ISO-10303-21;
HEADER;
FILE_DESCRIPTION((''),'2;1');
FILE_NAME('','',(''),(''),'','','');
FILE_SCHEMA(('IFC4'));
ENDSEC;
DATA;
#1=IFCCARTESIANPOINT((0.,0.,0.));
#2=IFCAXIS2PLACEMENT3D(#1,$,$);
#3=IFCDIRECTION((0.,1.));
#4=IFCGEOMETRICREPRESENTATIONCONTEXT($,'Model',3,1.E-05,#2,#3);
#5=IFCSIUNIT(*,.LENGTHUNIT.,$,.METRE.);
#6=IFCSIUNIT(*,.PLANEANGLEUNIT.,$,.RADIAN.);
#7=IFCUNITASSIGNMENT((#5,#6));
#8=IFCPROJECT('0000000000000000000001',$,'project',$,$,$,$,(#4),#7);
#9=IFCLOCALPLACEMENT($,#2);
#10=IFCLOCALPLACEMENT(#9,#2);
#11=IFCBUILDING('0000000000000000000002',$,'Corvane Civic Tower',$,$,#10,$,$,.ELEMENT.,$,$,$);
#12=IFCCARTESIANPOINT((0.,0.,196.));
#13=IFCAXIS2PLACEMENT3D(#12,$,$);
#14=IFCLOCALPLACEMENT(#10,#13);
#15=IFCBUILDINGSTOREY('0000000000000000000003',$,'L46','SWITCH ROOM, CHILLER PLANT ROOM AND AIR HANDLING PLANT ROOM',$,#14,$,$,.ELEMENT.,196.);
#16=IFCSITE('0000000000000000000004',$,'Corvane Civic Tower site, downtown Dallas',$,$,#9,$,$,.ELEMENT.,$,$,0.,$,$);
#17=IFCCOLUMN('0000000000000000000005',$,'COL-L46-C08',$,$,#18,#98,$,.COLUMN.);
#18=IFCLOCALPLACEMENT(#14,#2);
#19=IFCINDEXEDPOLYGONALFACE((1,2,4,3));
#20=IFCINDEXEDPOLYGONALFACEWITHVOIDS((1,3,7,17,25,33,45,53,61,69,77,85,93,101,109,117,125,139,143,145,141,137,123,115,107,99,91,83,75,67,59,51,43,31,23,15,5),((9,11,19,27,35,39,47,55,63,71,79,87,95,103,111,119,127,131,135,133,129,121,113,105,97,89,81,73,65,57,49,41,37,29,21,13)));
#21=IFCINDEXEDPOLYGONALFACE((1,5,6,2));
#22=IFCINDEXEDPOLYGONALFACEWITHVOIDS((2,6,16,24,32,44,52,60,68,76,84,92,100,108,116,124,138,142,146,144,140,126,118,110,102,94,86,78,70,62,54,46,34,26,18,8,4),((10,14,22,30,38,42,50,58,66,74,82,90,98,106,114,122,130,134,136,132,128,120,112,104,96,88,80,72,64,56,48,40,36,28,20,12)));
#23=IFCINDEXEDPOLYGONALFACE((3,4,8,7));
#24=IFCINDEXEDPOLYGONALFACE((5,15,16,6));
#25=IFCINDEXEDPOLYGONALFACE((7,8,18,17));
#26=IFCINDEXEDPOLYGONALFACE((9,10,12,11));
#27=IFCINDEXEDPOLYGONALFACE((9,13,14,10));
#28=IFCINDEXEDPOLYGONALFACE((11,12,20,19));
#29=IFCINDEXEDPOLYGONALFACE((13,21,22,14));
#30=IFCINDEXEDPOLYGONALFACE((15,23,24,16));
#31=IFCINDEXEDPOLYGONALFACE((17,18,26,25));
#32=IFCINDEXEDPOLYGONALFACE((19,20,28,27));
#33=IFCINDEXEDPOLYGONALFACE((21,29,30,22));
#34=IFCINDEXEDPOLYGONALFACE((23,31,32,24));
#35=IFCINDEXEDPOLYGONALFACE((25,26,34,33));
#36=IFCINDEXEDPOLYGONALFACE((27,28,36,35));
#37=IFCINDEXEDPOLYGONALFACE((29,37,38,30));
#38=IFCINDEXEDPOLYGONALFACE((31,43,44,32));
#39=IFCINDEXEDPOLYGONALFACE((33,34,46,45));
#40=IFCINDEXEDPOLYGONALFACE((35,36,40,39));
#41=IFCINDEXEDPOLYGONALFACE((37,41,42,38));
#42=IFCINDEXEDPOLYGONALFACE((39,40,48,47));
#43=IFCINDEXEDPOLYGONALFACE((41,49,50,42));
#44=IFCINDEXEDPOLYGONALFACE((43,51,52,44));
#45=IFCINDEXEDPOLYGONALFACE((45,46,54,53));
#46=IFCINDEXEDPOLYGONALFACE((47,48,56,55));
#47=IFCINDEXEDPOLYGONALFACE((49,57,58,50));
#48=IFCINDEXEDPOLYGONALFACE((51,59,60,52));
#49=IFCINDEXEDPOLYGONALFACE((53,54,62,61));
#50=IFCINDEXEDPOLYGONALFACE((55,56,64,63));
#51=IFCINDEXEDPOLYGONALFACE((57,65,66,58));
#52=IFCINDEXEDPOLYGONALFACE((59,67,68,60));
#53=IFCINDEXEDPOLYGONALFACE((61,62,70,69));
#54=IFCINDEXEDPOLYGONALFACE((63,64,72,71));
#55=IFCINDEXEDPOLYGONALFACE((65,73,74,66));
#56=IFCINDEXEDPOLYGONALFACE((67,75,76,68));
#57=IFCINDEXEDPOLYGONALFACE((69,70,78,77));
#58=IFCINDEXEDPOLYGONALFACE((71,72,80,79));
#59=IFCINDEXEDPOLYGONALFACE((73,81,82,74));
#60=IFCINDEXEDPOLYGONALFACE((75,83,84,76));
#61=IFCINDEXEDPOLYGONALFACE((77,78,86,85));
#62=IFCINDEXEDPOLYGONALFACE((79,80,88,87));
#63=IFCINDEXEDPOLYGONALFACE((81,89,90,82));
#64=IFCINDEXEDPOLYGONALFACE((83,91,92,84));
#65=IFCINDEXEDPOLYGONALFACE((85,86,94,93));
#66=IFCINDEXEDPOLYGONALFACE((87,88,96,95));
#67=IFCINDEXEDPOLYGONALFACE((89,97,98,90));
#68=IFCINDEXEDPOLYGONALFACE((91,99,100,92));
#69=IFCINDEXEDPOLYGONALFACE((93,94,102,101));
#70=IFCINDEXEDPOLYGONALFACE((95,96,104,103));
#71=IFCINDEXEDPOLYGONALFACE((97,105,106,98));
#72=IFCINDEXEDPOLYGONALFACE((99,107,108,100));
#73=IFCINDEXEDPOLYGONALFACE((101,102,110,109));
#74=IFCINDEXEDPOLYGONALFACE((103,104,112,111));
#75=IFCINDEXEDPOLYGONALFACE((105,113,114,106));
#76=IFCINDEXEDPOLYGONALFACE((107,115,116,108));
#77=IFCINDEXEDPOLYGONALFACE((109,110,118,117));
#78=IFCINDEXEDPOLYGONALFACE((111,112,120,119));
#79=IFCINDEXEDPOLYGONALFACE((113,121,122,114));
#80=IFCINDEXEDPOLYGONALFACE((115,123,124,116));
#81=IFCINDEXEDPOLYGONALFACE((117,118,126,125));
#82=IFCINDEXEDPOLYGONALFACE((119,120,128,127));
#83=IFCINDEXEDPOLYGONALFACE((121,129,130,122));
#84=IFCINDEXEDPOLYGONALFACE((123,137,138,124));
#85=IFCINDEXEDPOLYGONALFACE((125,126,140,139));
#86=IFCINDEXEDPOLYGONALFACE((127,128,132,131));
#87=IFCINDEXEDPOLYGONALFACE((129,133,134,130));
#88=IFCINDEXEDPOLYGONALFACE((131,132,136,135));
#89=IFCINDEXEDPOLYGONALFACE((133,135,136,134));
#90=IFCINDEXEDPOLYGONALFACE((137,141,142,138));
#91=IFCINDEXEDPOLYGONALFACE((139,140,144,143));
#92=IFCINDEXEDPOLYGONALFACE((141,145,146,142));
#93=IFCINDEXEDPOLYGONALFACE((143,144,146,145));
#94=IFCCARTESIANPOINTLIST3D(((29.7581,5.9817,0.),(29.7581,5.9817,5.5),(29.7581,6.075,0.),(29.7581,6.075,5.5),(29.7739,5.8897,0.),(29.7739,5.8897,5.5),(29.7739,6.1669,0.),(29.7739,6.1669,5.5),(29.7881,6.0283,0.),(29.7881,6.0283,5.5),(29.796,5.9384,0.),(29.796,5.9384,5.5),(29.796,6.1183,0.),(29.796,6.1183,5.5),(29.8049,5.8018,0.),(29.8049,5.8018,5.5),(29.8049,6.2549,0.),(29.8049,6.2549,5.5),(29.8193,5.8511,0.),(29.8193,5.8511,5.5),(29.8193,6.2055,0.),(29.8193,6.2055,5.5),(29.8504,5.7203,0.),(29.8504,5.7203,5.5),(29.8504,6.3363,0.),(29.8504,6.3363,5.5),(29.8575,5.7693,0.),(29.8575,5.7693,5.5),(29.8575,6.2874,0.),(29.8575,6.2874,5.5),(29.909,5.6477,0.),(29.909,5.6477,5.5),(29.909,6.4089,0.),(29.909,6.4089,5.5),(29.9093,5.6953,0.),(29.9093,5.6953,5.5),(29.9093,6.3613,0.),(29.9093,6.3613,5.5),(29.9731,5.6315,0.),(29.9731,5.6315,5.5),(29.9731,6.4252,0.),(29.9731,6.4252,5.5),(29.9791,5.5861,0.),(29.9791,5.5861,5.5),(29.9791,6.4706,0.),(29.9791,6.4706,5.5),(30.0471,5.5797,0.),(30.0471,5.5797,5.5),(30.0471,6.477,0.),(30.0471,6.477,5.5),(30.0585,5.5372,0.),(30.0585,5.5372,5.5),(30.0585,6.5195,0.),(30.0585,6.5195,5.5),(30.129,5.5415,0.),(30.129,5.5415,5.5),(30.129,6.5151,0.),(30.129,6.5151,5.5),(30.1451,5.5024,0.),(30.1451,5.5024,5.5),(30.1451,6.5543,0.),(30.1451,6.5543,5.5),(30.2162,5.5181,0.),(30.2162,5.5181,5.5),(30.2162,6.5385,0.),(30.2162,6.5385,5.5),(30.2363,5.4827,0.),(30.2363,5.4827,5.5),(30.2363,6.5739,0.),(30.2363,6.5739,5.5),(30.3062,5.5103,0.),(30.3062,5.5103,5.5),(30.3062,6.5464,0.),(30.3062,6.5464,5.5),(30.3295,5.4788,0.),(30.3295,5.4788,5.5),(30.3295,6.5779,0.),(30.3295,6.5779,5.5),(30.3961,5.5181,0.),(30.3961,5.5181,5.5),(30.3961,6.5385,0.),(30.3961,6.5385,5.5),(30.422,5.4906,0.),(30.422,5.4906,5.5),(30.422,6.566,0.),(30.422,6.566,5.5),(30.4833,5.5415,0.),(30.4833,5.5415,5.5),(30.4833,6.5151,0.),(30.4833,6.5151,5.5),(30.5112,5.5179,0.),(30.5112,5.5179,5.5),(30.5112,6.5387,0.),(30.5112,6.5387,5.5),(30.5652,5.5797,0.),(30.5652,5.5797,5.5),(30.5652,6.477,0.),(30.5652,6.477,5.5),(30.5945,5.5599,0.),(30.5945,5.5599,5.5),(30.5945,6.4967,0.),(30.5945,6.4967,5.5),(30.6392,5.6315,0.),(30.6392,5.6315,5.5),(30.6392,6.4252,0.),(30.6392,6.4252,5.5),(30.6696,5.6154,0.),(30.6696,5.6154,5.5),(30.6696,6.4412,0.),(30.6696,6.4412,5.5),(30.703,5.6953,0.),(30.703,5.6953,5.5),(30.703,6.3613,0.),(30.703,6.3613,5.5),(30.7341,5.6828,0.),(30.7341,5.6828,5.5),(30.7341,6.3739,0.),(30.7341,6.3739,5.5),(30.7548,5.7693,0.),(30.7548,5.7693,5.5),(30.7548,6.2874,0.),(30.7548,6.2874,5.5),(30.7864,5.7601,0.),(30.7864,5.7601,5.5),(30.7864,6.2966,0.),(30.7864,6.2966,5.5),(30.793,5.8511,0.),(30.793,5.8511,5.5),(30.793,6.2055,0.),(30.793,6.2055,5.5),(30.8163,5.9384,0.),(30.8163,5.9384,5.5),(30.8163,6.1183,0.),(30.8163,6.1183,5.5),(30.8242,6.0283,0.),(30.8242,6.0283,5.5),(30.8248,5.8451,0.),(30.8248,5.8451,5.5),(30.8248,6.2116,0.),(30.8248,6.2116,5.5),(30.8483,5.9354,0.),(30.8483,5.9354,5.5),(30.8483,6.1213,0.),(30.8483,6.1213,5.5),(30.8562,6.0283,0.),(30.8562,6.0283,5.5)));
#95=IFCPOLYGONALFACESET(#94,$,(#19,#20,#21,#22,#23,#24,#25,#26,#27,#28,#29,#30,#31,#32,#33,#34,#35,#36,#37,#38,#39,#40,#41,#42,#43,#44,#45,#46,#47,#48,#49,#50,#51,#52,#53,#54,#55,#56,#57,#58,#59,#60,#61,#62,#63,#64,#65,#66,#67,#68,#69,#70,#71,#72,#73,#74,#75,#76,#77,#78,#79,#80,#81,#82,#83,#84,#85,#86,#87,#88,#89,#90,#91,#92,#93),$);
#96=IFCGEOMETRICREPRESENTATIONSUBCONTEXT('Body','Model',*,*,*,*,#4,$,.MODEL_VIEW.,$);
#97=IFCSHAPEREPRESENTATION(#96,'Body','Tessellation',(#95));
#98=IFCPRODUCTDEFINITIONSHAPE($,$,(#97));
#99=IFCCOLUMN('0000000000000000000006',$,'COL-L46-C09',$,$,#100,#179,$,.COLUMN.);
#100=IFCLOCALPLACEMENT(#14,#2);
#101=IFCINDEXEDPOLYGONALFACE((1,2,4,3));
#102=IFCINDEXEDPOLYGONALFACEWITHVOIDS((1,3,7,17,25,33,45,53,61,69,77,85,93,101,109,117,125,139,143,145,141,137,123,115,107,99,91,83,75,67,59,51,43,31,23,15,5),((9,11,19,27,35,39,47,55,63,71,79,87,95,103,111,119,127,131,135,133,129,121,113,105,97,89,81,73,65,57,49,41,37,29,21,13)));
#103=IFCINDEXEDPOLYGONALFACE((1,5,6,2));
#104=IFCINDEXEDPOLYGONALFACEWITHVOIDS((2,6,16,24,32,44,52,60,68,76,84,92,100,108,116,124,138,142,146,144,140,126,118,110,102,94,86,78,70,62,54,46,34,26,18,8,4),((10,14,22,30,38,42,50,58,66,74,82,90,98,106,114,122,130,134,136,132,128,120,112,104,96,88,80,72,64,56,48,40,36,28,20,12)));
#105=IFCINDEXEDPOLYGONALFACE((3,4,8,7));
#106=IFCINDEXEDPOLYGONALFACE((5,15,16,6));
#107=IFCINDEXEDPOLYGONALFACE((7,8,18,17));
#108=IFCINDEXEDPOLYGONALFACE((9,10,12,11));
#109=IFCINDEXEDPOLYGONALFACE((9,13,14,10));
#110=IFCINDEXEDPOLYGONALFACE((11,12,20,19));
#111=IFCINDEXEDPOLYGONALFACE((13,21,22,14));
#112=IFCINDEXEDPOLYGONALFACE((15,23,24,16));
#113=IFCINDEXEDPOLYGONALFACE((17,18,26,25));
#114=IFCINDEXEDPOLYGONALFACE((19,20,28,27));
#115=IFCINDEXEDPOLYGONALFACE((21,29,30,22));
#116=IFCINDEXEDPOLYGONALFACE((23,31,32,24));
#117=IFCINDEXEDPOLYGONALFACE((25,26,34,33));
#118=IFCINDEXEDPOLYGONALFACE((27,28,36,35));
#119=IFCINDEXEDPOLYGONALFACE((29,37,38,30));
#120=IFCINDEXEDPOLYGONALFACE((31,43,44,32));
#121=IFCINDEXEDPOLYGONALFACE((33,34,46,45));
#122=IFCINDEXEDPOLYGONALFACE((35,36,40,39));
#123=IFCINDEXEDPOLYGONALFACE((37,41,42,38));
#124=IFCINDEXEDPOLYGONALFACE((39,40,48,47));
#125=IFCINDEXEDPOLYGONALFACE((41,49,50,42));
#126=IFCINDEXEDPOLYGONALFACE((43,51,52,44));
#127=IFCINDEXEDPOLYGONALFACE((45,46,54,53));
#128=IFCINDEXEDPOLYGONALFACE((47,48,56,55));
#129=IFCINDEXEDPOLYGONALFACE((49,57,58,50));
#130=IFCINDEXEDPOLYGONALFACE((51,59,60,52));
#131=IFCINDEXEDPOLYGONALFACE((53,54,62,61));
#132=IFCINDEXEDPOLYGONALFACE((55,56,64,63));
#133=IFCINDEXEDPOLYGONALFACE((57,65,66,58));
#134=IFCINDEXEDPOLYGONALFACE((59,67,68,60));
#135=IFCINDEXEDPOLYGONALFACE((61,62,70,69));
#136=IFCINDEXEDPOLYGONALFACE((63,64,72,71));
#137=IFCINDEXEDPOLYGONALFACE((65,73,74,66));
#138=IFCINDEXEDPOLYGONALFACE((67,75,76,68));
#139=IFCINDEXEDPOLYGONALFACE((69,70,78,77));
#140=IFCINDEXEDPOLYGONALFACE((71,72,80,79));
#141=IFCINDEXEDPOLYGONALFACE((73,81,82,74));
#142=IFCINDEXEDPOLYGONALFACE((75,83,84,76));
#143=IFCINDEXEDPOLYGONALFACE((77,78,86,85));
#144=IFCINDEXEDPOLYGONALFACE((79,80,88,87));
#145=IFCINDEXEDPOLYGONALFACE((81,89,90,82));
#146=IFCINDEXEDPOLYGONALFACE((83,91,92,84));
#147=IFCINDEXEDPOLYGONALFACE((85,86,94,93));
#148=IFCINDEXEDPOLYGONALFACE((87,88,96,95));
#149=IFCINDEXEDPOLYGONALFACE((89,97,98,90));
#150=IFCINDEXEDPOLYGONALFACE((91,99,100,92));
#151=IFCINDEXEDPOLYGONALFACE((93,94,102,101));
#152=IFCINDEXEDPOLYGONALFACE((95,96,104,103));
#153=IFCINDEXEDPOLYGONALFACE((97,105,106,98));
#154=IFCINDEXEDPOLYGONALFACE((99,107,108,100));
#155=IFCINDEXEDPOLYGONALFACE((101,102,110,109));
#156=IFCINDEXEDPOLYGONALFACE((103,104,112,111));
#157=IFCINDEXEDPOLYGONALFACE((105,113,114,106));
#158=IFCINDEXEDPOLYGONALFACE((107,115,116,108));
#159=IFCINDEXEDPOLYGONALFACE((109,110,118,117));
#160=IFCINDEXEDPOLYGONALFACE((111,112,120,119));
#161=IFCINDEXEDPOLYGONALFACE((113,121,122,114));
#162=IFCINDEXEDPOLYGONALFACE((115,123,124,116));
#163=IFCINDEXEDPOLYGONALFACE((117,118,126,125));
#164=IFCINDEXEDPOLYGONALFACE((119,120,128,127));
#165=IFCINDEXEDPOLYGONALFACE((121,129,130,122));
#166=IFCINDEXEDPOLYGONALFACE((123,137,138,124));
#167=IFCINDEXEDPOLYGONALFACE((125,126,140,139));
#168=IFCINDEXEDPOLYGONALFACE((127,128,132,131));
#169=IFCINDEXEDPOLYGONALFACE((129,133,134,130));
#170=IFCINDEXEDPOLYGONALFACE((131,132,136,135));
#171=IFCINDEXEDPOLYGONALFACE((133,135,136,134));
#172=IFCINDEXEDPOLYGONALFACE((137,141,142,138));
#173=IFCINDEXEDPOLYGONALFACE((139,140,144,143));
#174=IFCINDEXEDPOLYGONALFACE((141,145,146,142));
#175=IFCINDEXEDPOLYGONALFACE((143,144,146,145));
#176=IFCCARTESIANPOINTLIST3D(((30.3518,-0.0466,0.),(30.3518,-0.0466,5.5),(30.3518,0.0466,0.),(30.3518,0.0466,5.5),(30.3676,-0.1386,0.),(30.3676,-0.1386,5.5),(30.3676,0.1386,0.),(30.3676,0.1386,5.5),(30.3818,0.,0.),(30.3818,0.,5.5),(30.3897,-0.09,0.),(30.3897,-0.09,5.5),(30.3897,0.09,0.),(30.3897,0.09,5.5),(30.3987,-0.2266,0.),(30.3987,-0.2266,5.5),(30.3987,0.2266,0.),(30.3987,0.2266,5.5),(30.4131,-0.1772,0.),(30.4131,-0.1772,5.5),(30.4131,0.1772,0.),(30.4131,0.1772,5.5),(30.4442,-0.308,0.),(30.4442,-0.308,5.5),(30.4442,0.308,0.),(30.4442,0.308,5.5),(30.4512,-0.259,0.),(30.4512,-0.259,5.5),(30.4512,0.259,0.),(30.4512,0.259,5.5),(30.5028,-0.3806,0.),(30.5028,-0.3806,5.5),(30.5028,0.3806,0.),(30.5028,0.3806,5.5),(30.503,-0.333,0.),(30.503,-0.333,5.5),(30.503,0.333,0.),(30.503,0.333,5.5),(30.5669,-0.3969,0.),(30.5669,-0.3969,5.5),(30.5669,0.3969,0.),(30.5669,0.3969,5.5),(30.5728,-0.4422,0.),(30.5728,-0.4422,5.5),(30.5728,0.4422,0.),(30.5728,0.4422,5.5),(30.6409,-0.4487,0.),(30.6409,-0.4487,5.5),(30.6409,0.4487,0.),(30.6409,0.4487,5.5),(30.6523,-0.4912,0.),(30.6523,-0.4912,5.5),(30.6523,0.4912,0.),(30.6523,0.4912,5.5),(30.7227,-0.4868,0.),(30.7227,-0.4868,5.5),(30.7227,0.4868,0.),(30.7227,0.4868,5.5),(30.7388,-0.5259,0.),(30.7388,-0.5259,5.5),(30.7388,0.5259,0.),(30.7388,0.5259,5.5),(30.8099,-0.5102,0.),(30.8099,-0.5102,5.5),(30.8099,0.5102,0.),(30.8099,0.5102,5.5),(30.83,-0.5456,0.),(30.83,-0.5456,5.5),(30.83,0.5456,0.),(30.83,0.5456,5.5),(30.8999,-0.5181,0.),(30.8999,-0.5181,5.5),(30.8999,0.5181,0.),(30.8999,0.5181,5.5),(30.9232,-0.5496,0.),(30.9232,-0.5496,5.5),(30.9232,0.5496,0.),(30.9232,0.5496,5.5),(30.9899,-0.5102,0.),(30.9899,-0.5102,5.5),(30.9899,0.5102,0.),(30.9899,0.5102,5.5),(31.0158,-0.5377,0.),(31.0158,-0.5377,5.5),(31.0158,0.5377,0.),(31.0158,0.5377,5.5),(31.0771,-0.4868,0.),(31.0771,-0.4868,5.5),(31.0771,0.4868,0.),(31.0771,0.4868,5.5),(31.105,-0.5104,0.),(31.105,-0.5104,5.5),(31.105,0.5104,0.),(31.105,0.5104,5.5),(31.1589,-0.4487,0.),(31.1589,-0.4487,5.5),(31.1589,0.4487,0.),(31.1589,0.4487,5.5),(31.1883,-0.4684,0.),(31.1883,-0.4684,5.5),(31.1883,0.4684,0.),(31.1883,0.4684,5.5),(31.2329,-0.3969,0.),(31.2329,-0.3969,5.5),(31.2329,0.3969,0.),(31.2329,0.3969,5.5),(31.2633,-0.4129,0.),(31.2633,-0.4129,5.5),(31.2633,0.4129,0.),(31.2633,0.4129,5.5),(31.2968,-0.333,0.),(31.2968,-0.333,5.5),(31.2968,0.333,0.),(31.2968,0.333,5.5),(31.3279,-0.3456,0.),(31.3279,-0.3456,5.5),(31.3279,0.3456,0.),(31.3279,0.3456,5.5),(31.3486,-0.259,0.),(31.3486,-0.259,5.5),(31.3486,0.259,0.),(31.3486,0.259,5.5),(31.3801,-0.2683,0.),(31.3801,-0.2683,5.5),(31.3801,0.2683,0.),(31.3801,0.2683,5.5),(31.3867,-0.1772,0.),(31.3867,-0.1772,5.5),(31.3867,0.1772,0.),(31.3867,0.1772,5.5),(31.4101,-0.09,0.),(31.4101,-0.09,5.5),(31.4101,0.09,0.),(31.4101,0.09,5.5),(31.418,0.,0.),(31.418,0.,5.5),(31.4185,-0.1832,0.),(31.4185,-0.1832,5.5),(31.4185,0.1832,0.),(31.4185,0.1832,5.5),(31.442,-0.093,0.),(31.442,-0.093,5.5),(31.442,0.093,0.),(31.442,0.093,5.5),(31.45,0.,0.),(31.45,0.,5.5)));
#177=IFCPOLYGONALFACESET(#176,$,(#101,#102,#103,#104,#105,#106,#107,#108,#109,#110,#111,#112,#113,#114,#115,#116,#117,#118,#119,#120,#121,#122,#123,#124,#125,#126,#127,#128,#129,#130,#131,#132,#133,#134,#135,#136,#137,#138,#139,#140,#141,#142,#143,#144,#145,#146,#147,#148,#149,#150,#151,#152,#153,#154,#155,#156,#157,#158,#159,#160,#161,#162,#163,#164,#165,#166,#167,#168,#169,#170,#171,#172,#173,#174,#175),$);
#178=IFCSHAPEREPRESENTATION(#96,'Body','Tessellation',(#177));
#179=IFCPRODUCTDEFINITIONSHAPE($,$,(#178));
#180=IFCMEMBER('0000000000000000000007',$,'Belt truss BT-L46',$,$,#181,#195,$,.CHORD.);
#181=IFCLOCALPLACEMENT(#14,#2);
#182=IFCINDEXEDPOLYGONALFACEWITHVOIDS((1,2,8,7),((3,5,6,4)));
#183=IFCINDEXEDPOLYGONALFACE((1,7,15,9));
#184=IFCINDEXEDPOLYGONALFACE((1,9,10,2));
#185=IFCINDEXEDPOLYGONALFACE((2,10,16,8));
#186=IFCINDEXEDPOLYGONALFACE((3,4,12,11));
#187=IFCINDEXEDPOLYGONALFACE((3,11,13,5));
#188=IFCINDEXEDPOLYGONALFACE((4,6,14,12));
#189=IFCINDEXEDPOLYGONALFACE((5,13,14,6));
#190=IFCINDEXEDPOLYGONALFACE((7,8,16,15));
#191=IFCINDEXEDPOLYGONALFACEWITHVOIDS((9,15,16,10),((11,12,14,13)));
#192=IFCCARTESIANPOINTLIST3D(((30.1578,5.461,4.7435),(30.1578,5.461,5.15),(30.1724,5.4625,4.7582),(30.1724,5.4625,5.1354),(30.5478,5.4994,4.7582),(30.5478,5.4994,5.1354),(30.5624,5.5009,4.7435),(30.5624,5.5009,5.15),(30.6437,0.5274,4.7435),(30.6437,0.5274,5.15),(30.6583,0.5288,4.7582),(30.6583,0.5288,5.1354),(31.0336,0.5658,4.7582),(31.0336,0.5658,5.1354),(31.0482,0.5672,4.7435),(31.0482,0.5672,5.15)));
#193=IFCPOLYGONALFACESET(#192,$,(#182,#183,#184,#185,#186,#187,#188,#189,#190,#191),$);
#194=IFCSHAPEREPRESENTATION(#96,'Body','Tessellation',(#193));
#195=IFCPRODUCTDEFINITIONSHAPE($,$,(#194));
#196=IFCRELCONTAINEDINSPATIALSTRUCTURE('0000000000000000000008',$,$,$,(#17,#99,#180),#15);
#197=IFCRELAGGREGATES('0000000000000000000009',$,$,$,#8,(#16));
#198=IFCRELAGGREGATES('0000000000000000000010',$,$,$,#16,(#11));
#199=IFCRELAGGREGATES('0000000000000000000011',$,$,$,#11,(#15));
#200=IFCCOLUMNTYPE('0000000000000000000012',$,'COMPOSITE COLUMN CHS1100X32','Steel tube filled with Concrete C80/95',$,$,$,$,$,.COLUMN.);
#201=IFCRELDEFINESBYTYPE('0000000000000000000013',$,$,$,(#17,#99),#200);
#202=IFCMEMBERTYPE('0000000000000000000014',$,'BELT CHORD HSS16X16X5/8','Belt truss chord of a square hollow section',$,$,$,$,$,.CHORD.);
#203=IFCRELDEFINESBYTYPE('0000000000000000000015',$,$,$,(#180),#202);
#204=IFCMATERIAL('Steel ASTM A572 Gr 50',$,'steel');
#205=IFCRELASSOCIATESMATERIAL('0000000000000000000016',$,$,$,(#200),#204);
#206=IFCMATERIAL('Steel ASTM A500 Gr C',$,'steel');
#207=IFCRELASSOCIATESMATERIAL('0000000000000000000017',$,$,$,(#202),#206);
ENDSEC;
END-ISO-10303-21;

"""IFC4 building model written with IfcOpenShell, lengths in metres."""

from ifc_helpers import new_model, si_unit, direction, frame, origin, origin_2d, place, context, subcontext, project, spatial, hollow_rectangle, hollow_circle, extrude, material, material_profile, profile_set, type_object, element, save


model = new_model("IFC4")

# Units and contexts
model_context = context("Model", 3, precision=1e-05, world=origin(), true_north=direction((0.0, 1.0)))
body_context = subcontext(model_context, "Body", "Model", "MODEL_VIEW")
ifc_project = project(units=[si_unit("LENGTHUNIT", "METRE"), si_unit("PLANEANGLEUNIT", "RADIAN")], contexts=[model_context])

# Site, building, storey
site_placement = place(None, origin())
site = spatial("IfcSite", under=ifc_project, at=site_placement, Name="Corvane Civic Tower site, downtown Dallas", CompositionType="ELEMENT", RefElevation=0.0)
building_placement = place(site_placement, origin())
building = spatial("IfcBuilding", under=site, at=building_placement, Name="Corvane Civic Tower", CompositionType="ELEMENT")
storey_placement = place(building_placement, frame((0.0, 0.0, 196.0)))
storey = spatial("IfcBuildingStorey", under=building, at=storey_placement, Name="L46", Description="SWITCH ROOM, CHILLER PLANT ROOM AND AIR HANDLING PLANT ROOM", CompositionType="ELEMENT", Elevation=196.0)

# Columns
ifc_material_1 = material(Name="Steel ASTM A572 Gr 50", Category="steel")
ifc_material_profile_1 = material_profile(ifc_material_1, hollow_circle(Radius=0.55, WallThickness=0.032, at=origin_2d()), Name="CHS1100X32")
ifc_profile_set_1 = profile_set([ifc_material_profile_1], Name="Steel ASTM A572 Gr 50")
column_type = type_object("IfcColumnType", Name="COMPOSITE COLUMN CHS1100X32", Description="Steel tube filled with Concrete C80/95", PredefinedType="COLUMN", material=ifc_profile_set_1)
for number, where, z_axis, x_axis, name in (
    (1, (30.3062, 6.0283, 0.0), (0.0, 0.0, 1.0), (1.0, 0.0, 0.0), "COL-L46-C08"),
    (2, (30.8999, 0.0, 0.0), (0.0, 0.0, 1.0), (1.0, 0.0, 0.0), "COL-L46-C09"),
):
    element("IfcColumn", number, at=place(storey_placement, frame(where, z_axis=z_axis, x_axis=x_axis)), inside=storey, type_object=column_type, Name=name, PredefinedType="COLUMN", context=body_context, shape_type="SweptSolid", body=[
        extrude(hollow_circle(Radius=0.55, WallThickness=0.032, at=origin_2d()), origin(), (0.0, 0.0, 1.0), 5.5),
    ])

# Member
ifc_material_2 = material(Name="Steel ASTM A500 Gr C", Category="steel")
ifc_material_profile_2 = material_profile(ifc_material_2, hollow_rectangle(XDim=0.4065, YDim=0.4065, WallThickness=0.0146, at=origin_2d()), Name="HSS16X16X5/8")
ifc_profile_set_2 = profile_set([ifc_material_profile_2], Name="Steel ASTM A500 Gr C")
member_type_1 = type_object("IfcMemberType", Name="BELT CHORD HSS16X16X5/8", Description="Belt truss chord of a square hollow section", PredefinedType="CHORD", material=ifc_profile_set_2)
for number, where, z_axis, x_axis, name in (
    (3, (30.3601, 5.481, 4.9468), (0.098002, -0.995186, 0.0), (0.995186, 0.098002, 0.0), "Belt truss BT-L46"),
):
    element("IfcMember", number, at=place(storey_placement, frame(where, z_axis=z_axis, x_axis=x_axis)), inside=storey, type_object=member_type_1, Name=name, PredefinedType="CHORD", context=body_context, shape_type="SweptSolid", body=[
        extrude(hollow_rectangle(XDim=0.4065, YDim=0.4065, WallThickness=0.0146, at=origin_2d()), origin(), (0.0, 0.0, 1.0), 4.9575),
    ])

save(model, "model.ifc")
